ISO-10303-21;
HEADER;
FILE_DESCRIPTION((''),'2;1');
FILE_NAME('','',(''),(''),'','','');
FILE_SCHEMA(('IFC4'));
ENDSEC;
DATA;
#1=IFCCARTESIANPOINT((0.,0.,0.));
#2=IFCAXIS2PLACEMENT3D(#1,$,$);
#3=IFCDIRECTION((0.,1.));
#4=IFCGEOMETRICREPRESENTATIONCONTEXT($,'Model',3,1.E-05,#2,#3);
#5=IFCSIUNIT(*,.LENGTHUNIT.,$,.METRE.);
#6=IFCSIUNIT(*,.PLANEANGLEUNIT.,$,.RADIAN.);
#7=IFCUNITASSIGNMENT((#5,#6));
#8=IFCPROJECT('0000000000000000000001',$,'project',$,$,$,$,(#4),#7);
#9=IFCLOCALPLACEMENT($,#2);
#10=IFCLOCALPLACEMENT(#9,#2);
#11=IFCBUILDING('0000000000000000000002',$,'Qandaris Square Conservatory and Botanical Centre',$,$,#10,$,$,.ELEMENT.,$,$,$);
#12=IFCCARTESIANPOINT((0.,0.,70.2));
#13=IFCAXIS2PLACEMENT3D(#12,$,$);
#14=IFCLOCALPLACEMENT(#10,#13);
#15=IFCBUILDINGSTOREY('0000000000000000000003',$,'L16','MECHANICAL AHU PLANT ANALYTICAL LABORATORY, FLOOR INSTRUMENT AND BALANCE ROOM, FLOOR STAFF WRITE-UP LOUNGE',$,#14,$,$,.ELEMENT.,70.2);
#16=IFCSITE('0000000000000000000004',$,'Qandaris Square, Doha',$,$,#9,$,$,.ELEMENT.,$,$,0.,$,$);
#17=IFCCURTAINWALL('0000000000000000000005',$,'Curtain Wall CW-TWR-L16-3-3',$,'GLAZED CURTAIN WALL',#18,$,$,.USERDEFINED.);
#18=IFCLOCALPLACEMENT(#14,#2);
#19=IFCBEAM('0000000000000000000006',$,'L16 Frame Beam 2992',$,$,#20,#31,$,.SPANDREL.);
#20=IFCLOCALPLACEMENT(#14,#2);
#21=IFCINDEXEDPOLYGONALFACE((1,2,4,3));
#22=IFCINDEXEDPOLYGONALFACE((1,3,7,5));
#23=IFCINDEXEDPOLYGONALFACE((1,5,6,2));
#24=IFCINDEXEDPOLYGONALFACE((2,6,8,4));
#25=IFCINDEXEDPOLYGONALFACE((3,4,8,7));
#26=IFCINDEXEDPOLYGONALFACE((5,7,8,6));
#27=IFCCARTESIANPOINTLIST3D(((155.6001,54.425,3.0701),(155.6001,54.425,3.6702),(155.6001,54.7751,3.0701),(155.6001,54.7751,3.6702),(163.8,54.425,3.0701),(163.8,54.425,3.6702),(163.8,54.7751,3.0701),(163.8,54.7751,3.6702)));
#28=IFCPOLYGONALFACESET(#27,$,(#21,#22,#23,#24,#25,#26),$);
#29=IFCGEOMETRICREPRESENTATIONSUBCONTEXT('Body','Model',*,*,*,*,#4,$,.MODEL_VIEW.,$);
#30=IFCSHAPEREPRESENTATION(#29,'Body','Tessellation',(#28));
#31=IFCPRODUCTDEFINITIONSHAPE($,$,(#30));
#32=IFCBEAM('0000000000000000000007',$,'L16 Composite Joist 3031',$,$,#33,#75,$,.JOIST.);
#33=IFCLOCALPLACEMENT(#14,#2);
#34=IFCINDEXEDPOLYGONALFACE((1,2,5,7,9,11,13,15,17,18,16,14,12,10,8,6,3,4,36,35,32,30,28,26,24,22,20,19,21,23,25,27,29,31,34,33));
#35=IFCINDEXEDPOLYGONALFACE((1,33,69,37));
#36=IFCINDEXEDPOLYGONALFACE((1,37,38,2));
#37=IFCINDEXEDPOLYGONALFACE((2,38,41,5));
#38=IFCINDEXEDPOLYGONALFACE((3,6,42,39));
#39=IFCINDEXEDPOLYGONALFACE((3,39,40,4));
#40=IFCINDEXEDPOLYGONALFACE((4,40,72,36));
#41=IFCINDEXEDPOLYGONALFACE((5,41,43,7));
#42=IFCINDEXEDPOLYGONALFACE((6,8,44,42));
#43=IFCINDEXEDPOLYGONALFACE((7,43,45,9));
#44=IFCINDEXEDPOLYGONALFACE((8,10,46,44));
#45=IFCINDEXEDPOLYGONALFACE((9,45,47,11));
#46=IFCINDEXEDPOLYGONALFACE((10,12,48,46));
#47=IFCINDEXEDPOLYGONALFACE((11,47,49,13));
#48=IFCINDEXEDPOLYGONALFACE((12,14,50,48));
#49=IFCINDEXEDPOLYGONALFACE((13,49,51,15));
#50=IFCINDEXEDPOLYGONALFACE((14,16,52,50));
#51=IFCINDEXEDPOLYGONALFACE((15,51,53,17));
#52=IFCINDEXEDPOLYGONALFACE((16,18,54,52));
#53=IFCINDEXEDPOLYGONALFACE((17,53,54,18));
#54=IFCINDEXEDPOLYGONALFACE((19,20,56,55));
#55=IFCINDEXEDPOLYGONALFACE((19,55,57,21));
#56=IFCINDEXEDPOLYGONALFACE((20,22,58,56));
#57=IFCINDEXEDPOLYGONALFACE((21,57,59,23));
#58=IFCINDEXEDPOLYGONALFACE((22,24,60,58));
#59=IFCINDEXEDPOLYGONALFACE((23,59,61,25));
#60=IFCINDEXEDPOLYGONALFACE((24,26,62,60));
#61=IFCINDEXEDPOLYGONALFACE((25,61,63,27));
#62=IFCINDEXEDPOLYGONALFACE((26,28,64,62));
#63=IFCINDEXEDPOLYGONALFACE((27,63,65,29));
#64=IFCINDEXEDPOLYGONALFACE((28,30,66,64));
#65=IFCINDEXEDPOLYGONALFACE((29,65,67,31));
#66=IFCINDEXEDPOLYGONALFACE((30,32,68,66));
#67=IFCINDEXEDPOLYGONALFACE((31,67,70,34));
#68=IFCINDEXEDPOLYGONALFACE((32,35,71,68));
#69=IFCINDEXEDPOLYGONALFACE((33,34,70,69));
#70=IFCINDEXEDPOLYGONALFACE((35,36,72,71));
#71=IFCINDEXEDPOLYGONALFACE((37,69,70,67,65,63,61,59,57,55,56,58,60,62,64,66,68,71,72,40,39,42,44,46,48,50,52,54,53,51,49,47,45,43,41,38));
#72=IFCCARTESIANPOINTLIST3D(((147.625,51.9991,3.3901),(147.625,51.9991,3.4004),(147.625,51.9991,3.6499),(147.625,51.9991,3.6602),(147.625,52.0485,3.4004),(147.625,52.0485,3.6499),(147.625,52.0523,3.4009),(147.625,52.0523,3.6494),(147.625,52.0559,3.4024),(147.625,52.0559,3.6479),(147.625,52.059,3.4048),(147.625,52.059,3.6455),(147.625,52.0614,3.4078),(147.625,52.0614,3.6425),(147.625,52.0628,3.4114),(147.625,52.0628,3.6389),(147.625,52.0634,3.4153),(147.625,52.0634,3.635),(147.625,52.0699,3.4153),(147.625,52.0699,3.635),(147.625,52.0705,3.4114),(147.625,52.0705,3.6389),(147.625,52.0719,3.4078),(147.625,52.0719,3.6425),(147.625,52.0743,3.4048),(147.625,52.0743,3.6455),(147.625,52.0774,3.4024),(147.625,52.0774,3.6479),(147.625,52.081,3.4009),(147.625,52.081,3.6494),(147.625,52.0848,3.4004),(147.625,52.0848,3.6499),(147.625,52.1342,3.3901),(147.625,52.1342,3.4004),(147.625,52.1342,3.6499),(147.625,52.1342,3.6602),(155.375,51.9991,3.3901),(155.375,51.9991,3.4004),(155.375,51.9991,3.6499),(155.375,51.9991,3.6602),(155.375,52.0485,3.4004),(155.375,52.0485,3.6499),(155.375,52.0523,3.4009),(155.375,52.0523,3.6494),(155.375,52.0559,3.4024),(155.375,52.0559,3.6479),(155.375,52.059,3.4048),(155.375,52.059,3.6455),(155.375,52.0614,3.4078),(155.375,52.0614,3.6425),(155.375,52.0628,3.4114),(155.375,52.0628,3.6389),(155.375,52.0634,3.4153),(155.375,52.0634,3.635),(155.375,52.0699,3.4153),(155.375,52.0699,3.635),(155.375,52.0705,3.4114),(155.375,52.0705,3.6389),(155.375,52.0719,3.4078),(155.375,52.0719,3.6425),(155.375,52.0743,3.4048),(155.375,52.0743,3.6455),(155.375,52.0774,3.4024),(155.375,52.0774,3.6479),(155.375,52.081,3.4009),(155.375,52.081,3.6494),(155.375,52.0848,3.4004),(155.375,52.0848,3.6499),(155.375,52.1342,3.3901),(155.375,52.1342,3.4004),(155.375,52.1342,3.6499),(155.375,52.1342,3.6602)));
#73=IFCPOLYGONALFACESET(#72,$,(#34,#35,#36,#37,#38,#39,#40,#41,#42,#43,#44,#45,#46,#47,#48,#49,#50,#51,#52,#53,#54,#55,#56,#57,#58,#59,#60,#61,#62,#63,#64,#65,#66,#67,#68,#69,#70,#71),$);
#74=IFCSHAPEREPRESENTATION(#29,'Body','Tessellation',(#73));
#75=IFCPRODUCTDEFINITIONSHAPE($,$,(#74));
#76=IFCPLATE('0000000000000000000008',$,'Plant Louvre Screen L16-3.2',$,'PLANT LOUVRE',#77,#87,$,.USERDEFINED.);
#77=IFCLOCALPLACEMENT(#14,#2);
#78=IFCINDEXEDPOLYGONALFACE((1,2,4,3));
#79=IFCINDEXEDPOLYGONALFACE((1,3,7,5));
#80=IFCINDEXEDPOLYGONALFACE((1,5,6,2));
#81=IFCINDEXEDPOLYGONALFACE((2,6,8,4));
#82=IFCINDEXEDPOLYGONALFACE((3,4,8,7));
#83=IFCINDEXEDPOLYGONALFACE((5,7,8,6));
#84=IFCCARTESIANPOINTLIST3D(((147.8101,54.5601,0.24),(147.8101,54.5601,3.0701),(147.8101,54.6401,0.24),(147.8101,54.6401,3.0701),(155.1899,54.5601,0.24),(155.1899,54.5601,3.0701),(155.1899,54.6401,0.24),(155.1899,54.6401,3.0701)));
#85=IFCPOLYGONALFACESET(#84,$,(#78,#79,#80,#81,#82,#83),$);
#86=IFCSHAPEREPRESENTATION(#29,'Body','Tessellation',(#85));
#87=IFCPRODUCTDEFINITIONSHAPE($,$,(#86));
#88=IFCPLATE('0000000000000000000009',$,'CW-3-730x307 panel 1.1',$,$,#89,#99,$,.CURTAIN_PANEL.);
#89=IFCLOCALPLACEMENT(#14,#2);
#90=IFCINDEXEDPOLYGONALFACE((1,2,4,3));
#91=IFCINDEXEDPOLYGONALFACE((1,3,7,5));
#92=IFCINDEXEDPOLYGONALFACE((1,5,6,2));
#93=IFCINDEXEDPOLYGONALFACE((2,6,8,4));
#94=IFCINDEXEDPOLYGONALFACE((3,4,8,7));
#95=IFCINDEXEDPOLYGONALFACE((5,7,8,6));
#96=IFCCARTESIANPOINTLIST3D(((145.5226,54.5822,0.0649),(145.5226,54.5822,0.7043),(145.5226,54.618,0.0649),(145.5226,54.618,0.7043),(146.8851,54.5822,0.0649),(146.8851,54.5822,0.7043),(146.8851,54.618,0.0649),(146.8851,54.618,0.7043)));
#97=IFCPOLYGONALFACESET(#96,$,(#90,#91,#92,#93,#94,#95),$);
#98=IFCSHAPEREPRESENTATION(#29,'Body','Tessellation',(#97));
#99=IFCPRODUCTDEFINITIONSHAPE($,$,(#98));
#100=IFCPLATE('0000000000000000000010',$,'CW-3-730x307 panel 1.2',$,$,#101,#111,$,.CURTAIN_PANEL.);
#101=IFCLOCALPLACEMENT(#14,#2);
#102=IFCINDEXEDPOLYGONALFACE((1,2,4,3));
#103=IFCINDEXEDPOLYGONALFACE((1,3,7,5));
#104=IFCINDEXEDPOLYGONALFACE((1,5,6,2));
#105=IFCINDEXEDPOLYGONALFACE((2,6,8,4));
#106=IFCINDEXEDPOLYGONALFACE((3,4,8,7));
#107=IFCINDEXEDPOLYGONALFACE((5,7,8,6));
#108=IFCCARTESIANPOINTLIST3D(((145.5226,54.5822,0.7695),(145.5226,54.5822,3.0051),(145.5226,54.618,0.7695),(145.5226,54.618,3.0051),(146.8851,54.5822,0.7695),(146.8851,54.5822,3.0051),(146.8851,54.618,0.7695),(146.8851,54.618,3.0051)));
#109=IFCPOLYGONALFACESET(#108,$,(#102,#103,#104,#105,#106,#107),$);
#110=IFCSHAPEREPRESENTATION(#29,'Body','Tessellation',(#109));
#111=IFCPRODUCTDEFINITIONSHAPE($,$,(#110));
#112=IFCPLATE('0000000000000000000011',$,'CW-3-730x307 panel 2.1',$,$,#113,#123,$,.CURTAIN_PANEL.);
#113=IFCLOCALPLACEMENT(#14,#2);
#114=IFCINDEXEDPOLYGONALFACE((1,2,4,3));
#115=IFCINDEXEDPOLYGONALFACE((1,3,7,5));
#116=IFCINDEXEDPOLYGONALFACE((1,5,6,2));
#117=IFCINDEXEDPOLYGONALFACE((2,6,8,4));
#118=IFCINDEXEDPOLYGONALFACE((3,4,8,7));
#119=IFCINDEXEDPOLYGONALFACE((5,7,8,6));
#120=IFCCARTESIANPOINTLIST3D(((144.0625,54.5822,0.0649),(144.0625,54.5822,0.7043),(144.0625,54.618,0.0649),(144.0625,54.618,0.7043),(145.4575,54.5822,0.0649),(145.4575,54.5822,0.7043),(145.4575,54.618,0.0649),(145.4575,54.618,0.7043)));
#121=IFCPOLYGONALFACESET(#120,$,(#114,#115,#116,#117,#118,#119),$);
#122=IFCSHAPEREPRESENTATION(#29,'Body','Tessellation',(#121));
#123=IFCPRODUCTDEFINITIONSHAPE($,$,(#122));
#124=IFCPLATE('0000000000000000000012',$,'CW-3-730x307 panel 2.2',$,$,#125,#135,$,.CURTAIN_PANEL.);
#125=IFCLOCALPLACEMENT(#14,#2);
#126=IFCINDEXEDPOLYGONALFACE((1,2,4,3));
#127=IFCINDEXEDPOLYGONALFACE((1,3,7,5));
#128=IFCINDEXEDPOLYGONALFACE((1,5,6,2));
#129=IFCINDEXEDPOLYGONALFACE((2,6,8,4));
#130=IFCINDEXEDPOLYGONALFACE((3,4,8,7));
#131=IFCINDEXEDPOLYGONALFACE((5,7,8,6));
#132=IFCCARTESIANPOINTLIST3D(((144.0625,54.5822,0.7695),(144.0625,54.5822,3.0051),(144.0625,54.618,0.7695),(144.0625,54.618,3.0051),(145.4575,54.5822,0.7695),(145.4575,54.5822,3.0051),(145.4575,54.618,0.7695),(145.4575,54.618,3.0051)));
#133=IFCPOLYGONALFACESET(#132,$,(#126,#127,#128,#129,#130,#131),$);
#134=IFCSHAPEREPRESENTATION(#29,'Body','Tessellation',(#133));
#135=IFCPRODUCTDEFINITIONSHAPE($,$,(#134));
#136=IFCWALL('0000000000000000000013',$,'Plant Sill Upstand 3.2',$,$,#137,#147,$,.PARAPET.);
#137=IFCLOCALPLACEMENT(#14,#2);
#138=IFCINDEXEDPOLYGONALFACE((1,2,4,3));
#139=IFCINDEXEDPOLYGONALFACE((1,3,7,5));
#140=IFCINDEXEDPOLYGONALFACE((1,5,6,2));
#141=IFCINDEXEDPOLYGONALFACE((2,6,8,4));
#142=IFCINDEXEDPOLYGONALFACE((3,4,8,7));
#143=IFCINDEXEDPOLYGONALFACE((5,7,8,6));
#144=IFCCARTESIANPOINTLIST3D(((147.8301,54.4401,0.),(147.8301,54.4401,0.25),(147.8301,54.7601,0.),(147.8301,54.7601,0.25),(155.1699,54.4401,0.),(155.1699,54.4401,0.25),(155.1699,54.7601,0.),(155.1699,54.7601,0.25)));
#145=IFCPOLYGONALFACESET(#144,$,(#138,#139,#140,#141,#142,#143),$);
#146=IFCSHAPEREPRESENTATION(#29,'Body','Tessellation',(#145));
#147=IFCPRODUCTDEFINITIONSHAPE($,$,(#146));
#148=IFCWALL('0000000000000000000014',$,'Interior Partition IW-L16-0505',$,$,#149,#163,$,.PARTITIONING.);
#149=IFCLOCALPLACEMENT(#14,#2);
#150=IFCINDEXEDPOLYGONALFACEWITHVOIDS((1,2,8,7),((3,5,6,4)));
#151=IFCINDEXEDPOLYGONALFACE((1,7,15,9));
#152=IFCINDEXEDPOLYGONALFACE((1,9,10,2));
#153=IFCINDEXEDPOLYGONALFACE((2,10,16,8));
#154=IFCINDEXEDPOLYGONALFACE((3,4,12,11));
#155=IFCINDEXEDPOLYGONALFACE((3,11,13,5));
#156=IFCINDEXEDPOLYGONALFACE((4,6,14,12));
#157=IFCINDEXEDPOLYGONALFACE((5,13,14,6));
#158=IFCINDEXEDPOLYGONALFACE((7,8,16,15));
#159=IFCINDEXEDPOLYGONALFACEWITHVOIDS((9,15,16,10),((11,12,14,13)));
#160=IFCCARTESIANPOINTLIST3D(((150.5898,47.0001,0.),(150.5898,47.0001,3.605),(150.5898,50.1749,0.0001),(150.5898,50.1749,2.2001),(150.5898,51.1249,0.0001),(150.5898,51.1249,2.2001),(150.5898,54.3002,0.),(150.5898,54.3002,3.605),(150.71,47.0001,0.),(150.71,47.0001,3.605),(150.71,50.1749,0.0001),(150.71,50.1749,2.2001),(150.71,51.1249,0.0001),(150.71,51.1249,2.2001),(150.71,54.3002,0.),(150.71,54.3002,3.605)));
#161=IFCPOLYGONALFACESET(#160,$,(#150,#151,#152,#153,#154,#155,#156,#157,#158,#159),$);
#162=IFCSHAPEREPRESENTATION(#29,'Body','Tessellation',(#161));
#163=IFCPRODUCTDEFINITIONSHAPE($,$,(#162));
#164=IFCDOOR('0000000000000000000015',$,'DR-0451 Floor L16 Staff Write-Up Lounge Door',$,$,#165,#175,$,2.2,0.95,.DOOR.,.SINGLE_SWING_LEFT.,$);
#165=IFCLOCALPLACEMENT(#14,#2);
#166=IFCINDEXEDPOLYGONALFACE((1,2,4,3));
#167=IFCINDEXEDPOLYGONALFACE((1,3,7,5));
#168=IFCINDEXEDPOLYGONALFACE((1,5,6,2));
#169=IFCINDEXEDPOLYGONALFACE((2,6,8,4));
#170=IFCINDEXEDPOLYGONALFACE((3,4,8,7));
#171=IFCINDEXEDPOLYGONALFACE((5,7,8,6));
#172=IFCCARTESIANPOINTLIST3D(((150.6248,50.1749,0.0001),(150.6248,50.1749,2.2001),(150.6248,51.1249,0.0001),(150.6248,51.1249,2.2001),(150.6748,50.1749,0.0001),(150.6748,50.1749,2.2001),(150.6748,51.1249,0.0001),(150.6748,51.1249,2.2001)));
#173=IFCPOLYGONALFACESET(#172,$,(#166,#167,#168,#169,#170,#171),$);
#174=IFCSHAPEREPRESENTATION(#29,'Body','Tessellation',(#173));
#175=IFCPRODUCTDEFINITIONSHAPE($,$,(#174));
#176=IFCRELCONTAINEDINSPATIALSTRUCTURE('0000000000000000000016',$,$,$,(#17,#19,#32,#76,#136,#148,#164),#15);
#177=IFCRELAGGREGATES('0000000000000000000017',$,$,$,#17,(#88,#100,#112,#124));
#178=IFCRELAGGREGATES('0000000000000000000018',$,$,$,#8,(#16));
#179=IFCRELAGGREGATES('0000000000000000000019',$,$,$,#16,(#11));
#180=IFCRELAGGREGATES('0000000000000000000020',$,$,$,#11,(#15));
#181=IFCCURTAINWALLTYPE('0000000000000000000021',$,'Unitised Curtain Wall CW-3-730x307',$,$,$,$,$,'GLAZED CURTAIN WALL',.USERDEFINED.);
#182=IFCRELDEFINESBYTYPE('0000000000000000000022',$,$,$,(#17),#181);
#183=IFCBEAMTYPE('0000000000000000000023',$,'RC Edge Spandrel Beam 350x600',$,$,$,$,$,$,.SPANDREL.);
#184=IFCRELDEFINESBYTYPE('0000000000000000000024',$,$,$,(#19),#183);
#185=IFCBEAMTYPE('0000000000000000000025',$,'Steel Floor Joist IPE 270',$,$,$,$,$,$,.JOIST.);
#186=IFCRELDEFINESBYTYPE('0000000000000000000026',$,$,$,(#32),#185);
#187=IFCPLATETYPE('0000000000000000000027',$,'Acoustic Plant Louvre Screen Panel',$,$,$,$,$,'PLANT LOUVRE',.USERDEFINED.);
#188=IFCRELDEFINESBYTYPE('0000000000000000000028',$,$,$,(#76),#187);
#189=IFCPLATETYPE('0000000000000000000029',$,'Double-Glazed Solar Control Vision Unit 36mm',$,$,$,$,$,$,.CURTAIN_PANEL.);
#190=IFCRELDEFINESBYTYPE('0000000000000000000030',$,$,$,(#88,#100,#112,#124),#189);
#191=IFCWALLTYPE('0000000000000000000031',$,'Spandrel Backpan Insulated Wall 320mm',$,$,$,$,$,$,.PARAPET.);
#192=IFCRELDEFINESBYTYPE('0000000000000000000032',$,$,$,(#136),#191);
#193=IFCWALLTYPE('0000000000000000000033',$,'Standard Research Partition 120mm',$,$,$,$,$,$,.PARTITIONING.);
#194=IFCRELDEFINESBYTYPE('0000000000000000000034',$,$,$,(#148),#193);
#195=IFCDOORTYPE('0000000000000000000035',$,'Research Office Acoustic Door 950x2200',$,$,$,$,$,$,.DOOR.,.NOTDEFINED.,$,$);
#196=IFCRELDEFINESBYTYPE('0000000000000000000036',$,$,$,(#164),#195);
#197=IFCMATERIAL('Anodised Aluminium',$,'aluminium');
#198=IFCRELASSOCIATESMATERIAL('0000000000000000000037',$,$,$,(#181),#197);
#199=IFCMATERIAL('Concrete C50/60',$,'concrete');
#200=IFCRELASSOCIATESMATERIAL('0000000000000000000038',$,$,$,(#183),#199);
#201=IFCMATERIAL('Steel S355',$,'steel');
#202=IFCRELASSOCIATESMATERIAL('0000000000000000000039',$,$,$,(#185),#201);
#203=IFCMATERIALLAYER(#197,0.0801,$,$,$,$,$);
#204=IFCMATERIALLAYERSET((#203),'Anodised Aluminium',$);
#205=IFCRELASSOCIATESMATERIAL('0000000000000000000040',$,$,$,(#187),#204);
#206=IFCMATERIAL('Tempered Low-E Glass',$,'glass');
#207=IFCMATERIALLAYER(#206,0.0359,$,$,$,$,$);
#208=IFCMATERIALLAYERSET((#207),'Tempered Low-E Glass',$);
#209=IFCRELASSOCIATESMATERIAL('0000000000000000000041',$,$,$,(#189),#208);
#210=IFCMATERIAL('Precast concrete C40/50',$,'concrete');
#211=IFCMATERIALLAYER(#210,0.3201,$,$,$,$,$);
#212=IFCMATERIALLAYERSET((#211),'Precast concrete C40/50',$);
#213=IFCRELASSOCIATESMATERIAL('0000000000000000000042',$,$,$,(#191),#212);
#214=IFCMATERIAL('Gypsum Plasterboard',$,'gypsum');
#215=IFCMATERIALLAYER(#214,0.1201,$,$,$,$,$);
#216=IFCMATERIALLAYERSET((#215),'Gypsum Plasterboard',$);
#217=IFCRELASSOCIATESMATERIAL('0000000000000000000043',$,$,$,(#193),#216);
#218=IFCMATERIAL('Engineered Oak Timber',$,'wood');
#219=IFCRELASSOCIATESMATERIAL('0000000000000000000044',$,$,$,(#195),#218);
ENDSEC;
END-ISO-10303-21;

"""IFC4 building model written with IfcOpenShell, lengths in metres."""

from ifc_helpers import new_model, si_unit, direction, frame, frame_2d, origin, origin_2d, place, context, subcontext, project, spatial, rectangle, i_section, extrude, material, layer, layer_set, material_profile, profile_set, type_object, element, fill, aggregate, save


model = new_model("IFC4")

# Units and contexts
model_context = context("Model", 3, precision=1e-05, world=origin(), true_north=direction((0.0, 1.0)))
body_context = subcontext(model_context, "Body", "Model", "MODEL_VIEW")
ifc_project = project(units=[si_unit("LENGTHUNIT", "METRE"), si_unit("PLANEANGLEUNIT", "RADIAN")], contexts=[model_context])

# Site, building, storey
site_placement = place(None, origin())
site = spatial("IfcSite", under=ifc_project, at=site_placement, Name="Qandaris Square, Doha", CompositionType="ELEMENT", RefElevation=0.0)
building_placement = place(site_placement, origin())
building = spatial("IfcBuilding", under=site, at=building_placement, Name="Qandaris Square Conservatory and Botanical Centre", CompositionType="ELEMENT")
storey_placement = place(building_placement, frame((0.0, 0.0, 70.2)))
storey = spatial("IfcBuildingStorey", under=building, at=storey_placement, Name="L16", Description="MECHANICAL AHU PLANT ANALYTICAL LABORATORY, FLOOR INSTRUMENT AND BALANCE ROOM, FLOOR STAFF WRITE-UP LOUNGE", CompositionType="ELEMENT", Elevation=70.2)

# Shared definitions
ifc_material_1 = material(Name="Concrete C50/60", Category="concrete")

# Curtain wall
ifc_material_2 = material(Name="Anodised Aluminium", Category="aluminium")
curtain_wall_type = type_object("IfcCurtainWallType", Name="Unitised Curtain Wall CW-3-730x307", ElementType="GLAZED CURTAIN WALL", PredefinedType="USERDEFINED", material=ifc_material_2)
curtain_wall_placement = place(storey_placement, origin())
curtain_wall = element("IfcCurtainWall", 1, at=curtain_wall_placement, inside=storey, type_object=curtain_wall_type, Name="Curtain Wall CW-TWR-L16-3-3", ObjectType="GLAZED CURTAIN WALL", PredefinedType="USERDEFINED")

# Beams
ifc_material_profile_1 = material_profile(ifc_material_1, rectangle(XDim=0.3501, YDim=0.6001, at=origin_2d()), Name="RC-SP 350x600")
ifc_profile_set_1 = profile_set([ifc_material_profile_1], Name="Concrete C50/60")
beam_type_1 = type_object("IfcBeamType", Name="RC Edge Spandrel Beam 350x600", PredefinedType="SPANDREL", material=ifc_profile_set_1)
beam_1_placement = place(storey_placement, frame((155.6001, 54.6001, 3.3701), z_axis=(1.0, 0.0, 0.0), x_axis=(0.0, 1.0, 0.0)))
element("IfcBeam", 2, at=beam_1_placement, inside=storey, type_object=beam_type_1, Name="L16 Frame Beam 2992", PredefinedType="SPANDREL", context=body_context, shape_type="SweptSolid", body=[
    extrude(rectangle(XDim=0.3501, YDim=0.6001, at=origin_2d()), origin(), (0.0, 0.0, 1.0), 8.2),
])
ifc_material_3 = material(Name="Steel S355", Category="steel")
ifc_material_profile_2 = material_profile(ifc_material_3, i_section(OverallWidth=0.135, OverallDepth=0.27, WebThickness=0.0066, FlangeThickness=0.0103, FilletRadius=0.0149, at=origin_2d()), Name="IPE 270")
ifc_profile_set_2 = profile_set([ifc_material_profile_2], Name="Steel S355")
beam_type_2 = type_object("IfcBeamType", Name="Steel Floor Joist IPE 270", PredefinedType="JOIST", material=ifc_profile_set_2)
beam_2_placement = place(storey_placement, frame((147.625, 52.0667, 3.5251), z_axis=(1.0, 0.0, 0.0), x_axis=(0.0, 1.0, 0.0)))
element("IfcBeam", 3, at=beam_2_placement, inside=storey, type_object=beam_type_2, Name="L16 Composite Joist 3031", PredefinedType="JOIST", context=body_context, shape_type="SweptSolid", body=[
    extrude(i_section(OverallWidth=0.135, OverallDepth=0.27, WebThickness=0.0066, FlangeThickness=0.0103, FilletRadius=0.0149, at=origin_2d()), origin(), (0.0, 0.0, 1.0), 7.75),
])

# Plates
ifc_layer_1 = layer(ifc_material_2, 0.0801)
ifc_layer_set_1 = layer_set([ifc_layer_1], Name="Anodised Aluminium")
plate_type_1 = type_object("IfcPlateType", Name="Acoustic Plant Louvre Screen Panel", ElementType="PLANT LOUVRE", PredefinedType="USERDEFINED", material=ifc_layer_set_1)
plate_1_placement = place(storey_placement, frame((151.5, 54.6001, 0.24), z_axis=(0.0, 0.0, 1.0), x_axis=(-1.0, 0.0, 0.0)))
element("IfcPlate", 4, at=plate_1_placement, inside=storey, type_object=plate_type_1, Name="Plant Louvre Screen L16-3.2", ObjectType="PLANT LOUVRE", PredefinedType="USERDEFINED", context=body_context, shape_type="SweptSolid", body=[
    extrude(rectangle(XDim=7.3799, YDim=0.0801, at=origin_2d()), origin(), (0.0, 0.0, 1.0), 2.8301),
])
ifc_material_4 = material(Name="Tempered Low-E Glass", Category="glass")
ifc_layer_2 = layer(ifc_material_4, 0.0359)
ifc_layer_set_2 = layer_set([ifc_layer_2], Name="Tempered Low-E Glass")
plate_type_2 = type_object("IfcPlateType", Name="Double-Glazed Solar Control Vision Unit 36mm", PredefinedType="CURTAIN_PANEL", material=ifc_layer_set_2)
plate_2_placement = place(storey_placement, frame((146.2039, 54.6001, 0.0649), z_axis=(0.0, 0.0, 1.0), x_axis=(-1.0, 0.0, 0.0)))
plate_2 = element("IfcPlate", 5, at=plate_2_placement, type_object=plate_type_2, Name="CW-3-730x307 panel 1.1", PredefinedType="CURTAIN_PANEL", context=body_context, shape_type="SweptSolid", body=[
    extrude(rectangle(XDim=1.3625, YDim=0.0359, at=origin_2d()), origin(), (0.0, 0.0, 1.0), 0.6394),
])
plate_3_placement = place(storey_placement, frame((146.2039, 54.6001, 0.7695), z_axis=(0.0, 0.0, 1.0), x_axis=(-1.0, 0.0, 0.0)))
plate_3 = element("IfcPlate", 6, at=plate_3_placement, type_object=plate_type_2, Name="CW-3-730x307 panel 1.2", PredefinedType="CURTAIN_PANEL", context=body_context, shape_type="SweptSolid", body=[
    extrude(rectangle(XDim=1.3625, YDim=0.0359, at=origin_2d()), origin(), (0.0, 0.0, 1.0), 2.2356),
])
plate_4_placement = place(storey_placement, frame((144.76, 54.6001, 0.0649), z_axis=(0.0, 0.0, 1.0), x_axis=(-1.0, 0.0, 0.0)))
plate_4 = element("IfcPlate", 7, at=plate_4_placement, type_object=plate_type_2, Name="CW-3-730x307 panel 2.1", PredefinedType="CURTAIN_PANEL", context=body_context, shape_type="SweptSolid", body=[
    extrude(rectangle(XDim=1.395, YDim=0.0359, at=origin_2d()), origin(), (0.0, 0.0, 1.0), 0.6394),
])
plate_5_placement = place(storey_placement, frame((144.76, 54.6001, 0.7695), z_axis=(0.0, 0.0, 1.0), x_axis=(-1.0, 0.0, 0.0)))
plate_5 = element("IfcPlate", 8, at=plate_5_placement, type_object=plate_type_2, Name="CW-3-730x307 panel 2.2", PredefinedType="CURTAIN_PANEL", context=body_context, shape_type="SweptSolid", body=[
    extrude(rectangle(XDim=1.395, YDim=0.0359, at=origin_2d()), origin(), (0.0, 0.0, 1.0), 2.2356),
])
aggregate(curtain_wall, [plate_2, plate_3, plate_4, plate_5])

# Wall
ifc_material_5 = material(Name="Precast concrete C40/50", Category="concrete")
ifc_layer_3 = layer(ifc_material_5, 0.3201)
ifc_layer_set_3 = layer_set([ifc_layer_3], Name="Precast concrete C40/50")
wall_type_1 = type_object("IfcWallType", Name="Spandrel Backpan Insulated Wall 320mm", PredefinedType="PARAPET", material=ifc_layer_set_3)
wall_1_placement = place(storey_placement, frame((155.1699, 54.6001, 0.0), z_axis=(0.0, 0.0, 1.0), x_axis=(-1.0, 0.0, 0.0)))
element("IfcWall", 9, at=wall_1_placement, inside=storey, type_object=wall_type_1, Name="Plant Sill Upstand 3.2", PredefinedType="PARAPET", context=body_context, shape_type="SweptSolid", body=[
    extrude(rectangle(XDim=7.3398, YDim=0.3201, at=frame_2d((3.6699, 0.0))), origin(), (0.0, 0.0, 1.0), 0.25),
])

# Wall, opening, door
ifc_material_6 = material(Name="Gypsum Plasterboard", Category="gypsum")
ifc_layer_4 = layer(ifc_material_6, 0.1201)
ifc_layer_set_4 = layer_set([ifc_layer_4], Name="Gypsum Plasterboard")
wall_type_2 = type_object("IfcWallType", Name="Standard Research Partition 120mm", PredefinedType="PARTITIONING", material=ifc_layer_set_4)
wall_2_placement = place(storey_placement, frame((150.6499, 54.3, 0.0), z_axis=(0.0, 0.0, 1.0), x_axis=(0.0, -1.0, 0.0)))
wall_2 = element("IfcWall", 10, at=wall_2_placement, inside=storey, type_object=wall_type_2, Name="Interior Partition IW-L16-0505", PredefinedType="PARTITIONING", context=body_context, shape_type="SweptSolid", body=[
    extrude(rectangle(XDim=7.3, YDim=0.1201, at=frame_2d((3.6499, 0.0))), origin(), (0.0, 0.0, 1.0), 3.605),
])
opening_placement = place(wall_2_placement, frame((3.175, 0.0, 0.0)))
opening = element("IfcOpeningElement", 11, at=opening_placement, cuts=wall_2, PredefinedType="OPENING", context=body_context, shape_type="SweptSolid", body=[
    extrude(rectangle(XDim=0.95, YDim=2.2, at=frame_2d((0.4751, 1.1001))), frame((0.0, 0.072, 0.0), z_axis=(0.0, -1.0, 0.0), x_axis=(1.0, 0.0, 0.0)), (0.0, 0.0, 1.0), 0.144),
])
ifc_material_7 = material(Name="Engineered Oak Timber", Category="wood")
door_type = type_object("IfcDoorType", Name="Research Office Acoustic Door 950x2200", OperationType="NOTDEFINED", PredefinedType="DOOR", material=ifc_material_7)
door_placement = place(opening_placement, origin())
door = element("IfcDoor", 12, at=door_placement, inside=storey, type_object=door_type, Name="DR-0451 Floor L16 Staff Write-Up Lounge Door", OperationType="SINGLE_SWING_LEFT", OverallHeight=2.2, OverallWidth=0.95, PredefinedType="DOOR", context=body_context, shape_type="SweptSolid", body=[
    extrude(rectangle(XDim=0.95, YDim=2.2, at=frame_2d((0.4751, 1.1001))), frame((0.0, 0.0249, 0.0), z_axis=(0.0, -1.0, 0.0), x_axis=(1.0, 0.0, 0.0)), (0.0, 0.0, 1.0), 0.05),
])
fill(opening, door)

save(model, "model.ifc")
